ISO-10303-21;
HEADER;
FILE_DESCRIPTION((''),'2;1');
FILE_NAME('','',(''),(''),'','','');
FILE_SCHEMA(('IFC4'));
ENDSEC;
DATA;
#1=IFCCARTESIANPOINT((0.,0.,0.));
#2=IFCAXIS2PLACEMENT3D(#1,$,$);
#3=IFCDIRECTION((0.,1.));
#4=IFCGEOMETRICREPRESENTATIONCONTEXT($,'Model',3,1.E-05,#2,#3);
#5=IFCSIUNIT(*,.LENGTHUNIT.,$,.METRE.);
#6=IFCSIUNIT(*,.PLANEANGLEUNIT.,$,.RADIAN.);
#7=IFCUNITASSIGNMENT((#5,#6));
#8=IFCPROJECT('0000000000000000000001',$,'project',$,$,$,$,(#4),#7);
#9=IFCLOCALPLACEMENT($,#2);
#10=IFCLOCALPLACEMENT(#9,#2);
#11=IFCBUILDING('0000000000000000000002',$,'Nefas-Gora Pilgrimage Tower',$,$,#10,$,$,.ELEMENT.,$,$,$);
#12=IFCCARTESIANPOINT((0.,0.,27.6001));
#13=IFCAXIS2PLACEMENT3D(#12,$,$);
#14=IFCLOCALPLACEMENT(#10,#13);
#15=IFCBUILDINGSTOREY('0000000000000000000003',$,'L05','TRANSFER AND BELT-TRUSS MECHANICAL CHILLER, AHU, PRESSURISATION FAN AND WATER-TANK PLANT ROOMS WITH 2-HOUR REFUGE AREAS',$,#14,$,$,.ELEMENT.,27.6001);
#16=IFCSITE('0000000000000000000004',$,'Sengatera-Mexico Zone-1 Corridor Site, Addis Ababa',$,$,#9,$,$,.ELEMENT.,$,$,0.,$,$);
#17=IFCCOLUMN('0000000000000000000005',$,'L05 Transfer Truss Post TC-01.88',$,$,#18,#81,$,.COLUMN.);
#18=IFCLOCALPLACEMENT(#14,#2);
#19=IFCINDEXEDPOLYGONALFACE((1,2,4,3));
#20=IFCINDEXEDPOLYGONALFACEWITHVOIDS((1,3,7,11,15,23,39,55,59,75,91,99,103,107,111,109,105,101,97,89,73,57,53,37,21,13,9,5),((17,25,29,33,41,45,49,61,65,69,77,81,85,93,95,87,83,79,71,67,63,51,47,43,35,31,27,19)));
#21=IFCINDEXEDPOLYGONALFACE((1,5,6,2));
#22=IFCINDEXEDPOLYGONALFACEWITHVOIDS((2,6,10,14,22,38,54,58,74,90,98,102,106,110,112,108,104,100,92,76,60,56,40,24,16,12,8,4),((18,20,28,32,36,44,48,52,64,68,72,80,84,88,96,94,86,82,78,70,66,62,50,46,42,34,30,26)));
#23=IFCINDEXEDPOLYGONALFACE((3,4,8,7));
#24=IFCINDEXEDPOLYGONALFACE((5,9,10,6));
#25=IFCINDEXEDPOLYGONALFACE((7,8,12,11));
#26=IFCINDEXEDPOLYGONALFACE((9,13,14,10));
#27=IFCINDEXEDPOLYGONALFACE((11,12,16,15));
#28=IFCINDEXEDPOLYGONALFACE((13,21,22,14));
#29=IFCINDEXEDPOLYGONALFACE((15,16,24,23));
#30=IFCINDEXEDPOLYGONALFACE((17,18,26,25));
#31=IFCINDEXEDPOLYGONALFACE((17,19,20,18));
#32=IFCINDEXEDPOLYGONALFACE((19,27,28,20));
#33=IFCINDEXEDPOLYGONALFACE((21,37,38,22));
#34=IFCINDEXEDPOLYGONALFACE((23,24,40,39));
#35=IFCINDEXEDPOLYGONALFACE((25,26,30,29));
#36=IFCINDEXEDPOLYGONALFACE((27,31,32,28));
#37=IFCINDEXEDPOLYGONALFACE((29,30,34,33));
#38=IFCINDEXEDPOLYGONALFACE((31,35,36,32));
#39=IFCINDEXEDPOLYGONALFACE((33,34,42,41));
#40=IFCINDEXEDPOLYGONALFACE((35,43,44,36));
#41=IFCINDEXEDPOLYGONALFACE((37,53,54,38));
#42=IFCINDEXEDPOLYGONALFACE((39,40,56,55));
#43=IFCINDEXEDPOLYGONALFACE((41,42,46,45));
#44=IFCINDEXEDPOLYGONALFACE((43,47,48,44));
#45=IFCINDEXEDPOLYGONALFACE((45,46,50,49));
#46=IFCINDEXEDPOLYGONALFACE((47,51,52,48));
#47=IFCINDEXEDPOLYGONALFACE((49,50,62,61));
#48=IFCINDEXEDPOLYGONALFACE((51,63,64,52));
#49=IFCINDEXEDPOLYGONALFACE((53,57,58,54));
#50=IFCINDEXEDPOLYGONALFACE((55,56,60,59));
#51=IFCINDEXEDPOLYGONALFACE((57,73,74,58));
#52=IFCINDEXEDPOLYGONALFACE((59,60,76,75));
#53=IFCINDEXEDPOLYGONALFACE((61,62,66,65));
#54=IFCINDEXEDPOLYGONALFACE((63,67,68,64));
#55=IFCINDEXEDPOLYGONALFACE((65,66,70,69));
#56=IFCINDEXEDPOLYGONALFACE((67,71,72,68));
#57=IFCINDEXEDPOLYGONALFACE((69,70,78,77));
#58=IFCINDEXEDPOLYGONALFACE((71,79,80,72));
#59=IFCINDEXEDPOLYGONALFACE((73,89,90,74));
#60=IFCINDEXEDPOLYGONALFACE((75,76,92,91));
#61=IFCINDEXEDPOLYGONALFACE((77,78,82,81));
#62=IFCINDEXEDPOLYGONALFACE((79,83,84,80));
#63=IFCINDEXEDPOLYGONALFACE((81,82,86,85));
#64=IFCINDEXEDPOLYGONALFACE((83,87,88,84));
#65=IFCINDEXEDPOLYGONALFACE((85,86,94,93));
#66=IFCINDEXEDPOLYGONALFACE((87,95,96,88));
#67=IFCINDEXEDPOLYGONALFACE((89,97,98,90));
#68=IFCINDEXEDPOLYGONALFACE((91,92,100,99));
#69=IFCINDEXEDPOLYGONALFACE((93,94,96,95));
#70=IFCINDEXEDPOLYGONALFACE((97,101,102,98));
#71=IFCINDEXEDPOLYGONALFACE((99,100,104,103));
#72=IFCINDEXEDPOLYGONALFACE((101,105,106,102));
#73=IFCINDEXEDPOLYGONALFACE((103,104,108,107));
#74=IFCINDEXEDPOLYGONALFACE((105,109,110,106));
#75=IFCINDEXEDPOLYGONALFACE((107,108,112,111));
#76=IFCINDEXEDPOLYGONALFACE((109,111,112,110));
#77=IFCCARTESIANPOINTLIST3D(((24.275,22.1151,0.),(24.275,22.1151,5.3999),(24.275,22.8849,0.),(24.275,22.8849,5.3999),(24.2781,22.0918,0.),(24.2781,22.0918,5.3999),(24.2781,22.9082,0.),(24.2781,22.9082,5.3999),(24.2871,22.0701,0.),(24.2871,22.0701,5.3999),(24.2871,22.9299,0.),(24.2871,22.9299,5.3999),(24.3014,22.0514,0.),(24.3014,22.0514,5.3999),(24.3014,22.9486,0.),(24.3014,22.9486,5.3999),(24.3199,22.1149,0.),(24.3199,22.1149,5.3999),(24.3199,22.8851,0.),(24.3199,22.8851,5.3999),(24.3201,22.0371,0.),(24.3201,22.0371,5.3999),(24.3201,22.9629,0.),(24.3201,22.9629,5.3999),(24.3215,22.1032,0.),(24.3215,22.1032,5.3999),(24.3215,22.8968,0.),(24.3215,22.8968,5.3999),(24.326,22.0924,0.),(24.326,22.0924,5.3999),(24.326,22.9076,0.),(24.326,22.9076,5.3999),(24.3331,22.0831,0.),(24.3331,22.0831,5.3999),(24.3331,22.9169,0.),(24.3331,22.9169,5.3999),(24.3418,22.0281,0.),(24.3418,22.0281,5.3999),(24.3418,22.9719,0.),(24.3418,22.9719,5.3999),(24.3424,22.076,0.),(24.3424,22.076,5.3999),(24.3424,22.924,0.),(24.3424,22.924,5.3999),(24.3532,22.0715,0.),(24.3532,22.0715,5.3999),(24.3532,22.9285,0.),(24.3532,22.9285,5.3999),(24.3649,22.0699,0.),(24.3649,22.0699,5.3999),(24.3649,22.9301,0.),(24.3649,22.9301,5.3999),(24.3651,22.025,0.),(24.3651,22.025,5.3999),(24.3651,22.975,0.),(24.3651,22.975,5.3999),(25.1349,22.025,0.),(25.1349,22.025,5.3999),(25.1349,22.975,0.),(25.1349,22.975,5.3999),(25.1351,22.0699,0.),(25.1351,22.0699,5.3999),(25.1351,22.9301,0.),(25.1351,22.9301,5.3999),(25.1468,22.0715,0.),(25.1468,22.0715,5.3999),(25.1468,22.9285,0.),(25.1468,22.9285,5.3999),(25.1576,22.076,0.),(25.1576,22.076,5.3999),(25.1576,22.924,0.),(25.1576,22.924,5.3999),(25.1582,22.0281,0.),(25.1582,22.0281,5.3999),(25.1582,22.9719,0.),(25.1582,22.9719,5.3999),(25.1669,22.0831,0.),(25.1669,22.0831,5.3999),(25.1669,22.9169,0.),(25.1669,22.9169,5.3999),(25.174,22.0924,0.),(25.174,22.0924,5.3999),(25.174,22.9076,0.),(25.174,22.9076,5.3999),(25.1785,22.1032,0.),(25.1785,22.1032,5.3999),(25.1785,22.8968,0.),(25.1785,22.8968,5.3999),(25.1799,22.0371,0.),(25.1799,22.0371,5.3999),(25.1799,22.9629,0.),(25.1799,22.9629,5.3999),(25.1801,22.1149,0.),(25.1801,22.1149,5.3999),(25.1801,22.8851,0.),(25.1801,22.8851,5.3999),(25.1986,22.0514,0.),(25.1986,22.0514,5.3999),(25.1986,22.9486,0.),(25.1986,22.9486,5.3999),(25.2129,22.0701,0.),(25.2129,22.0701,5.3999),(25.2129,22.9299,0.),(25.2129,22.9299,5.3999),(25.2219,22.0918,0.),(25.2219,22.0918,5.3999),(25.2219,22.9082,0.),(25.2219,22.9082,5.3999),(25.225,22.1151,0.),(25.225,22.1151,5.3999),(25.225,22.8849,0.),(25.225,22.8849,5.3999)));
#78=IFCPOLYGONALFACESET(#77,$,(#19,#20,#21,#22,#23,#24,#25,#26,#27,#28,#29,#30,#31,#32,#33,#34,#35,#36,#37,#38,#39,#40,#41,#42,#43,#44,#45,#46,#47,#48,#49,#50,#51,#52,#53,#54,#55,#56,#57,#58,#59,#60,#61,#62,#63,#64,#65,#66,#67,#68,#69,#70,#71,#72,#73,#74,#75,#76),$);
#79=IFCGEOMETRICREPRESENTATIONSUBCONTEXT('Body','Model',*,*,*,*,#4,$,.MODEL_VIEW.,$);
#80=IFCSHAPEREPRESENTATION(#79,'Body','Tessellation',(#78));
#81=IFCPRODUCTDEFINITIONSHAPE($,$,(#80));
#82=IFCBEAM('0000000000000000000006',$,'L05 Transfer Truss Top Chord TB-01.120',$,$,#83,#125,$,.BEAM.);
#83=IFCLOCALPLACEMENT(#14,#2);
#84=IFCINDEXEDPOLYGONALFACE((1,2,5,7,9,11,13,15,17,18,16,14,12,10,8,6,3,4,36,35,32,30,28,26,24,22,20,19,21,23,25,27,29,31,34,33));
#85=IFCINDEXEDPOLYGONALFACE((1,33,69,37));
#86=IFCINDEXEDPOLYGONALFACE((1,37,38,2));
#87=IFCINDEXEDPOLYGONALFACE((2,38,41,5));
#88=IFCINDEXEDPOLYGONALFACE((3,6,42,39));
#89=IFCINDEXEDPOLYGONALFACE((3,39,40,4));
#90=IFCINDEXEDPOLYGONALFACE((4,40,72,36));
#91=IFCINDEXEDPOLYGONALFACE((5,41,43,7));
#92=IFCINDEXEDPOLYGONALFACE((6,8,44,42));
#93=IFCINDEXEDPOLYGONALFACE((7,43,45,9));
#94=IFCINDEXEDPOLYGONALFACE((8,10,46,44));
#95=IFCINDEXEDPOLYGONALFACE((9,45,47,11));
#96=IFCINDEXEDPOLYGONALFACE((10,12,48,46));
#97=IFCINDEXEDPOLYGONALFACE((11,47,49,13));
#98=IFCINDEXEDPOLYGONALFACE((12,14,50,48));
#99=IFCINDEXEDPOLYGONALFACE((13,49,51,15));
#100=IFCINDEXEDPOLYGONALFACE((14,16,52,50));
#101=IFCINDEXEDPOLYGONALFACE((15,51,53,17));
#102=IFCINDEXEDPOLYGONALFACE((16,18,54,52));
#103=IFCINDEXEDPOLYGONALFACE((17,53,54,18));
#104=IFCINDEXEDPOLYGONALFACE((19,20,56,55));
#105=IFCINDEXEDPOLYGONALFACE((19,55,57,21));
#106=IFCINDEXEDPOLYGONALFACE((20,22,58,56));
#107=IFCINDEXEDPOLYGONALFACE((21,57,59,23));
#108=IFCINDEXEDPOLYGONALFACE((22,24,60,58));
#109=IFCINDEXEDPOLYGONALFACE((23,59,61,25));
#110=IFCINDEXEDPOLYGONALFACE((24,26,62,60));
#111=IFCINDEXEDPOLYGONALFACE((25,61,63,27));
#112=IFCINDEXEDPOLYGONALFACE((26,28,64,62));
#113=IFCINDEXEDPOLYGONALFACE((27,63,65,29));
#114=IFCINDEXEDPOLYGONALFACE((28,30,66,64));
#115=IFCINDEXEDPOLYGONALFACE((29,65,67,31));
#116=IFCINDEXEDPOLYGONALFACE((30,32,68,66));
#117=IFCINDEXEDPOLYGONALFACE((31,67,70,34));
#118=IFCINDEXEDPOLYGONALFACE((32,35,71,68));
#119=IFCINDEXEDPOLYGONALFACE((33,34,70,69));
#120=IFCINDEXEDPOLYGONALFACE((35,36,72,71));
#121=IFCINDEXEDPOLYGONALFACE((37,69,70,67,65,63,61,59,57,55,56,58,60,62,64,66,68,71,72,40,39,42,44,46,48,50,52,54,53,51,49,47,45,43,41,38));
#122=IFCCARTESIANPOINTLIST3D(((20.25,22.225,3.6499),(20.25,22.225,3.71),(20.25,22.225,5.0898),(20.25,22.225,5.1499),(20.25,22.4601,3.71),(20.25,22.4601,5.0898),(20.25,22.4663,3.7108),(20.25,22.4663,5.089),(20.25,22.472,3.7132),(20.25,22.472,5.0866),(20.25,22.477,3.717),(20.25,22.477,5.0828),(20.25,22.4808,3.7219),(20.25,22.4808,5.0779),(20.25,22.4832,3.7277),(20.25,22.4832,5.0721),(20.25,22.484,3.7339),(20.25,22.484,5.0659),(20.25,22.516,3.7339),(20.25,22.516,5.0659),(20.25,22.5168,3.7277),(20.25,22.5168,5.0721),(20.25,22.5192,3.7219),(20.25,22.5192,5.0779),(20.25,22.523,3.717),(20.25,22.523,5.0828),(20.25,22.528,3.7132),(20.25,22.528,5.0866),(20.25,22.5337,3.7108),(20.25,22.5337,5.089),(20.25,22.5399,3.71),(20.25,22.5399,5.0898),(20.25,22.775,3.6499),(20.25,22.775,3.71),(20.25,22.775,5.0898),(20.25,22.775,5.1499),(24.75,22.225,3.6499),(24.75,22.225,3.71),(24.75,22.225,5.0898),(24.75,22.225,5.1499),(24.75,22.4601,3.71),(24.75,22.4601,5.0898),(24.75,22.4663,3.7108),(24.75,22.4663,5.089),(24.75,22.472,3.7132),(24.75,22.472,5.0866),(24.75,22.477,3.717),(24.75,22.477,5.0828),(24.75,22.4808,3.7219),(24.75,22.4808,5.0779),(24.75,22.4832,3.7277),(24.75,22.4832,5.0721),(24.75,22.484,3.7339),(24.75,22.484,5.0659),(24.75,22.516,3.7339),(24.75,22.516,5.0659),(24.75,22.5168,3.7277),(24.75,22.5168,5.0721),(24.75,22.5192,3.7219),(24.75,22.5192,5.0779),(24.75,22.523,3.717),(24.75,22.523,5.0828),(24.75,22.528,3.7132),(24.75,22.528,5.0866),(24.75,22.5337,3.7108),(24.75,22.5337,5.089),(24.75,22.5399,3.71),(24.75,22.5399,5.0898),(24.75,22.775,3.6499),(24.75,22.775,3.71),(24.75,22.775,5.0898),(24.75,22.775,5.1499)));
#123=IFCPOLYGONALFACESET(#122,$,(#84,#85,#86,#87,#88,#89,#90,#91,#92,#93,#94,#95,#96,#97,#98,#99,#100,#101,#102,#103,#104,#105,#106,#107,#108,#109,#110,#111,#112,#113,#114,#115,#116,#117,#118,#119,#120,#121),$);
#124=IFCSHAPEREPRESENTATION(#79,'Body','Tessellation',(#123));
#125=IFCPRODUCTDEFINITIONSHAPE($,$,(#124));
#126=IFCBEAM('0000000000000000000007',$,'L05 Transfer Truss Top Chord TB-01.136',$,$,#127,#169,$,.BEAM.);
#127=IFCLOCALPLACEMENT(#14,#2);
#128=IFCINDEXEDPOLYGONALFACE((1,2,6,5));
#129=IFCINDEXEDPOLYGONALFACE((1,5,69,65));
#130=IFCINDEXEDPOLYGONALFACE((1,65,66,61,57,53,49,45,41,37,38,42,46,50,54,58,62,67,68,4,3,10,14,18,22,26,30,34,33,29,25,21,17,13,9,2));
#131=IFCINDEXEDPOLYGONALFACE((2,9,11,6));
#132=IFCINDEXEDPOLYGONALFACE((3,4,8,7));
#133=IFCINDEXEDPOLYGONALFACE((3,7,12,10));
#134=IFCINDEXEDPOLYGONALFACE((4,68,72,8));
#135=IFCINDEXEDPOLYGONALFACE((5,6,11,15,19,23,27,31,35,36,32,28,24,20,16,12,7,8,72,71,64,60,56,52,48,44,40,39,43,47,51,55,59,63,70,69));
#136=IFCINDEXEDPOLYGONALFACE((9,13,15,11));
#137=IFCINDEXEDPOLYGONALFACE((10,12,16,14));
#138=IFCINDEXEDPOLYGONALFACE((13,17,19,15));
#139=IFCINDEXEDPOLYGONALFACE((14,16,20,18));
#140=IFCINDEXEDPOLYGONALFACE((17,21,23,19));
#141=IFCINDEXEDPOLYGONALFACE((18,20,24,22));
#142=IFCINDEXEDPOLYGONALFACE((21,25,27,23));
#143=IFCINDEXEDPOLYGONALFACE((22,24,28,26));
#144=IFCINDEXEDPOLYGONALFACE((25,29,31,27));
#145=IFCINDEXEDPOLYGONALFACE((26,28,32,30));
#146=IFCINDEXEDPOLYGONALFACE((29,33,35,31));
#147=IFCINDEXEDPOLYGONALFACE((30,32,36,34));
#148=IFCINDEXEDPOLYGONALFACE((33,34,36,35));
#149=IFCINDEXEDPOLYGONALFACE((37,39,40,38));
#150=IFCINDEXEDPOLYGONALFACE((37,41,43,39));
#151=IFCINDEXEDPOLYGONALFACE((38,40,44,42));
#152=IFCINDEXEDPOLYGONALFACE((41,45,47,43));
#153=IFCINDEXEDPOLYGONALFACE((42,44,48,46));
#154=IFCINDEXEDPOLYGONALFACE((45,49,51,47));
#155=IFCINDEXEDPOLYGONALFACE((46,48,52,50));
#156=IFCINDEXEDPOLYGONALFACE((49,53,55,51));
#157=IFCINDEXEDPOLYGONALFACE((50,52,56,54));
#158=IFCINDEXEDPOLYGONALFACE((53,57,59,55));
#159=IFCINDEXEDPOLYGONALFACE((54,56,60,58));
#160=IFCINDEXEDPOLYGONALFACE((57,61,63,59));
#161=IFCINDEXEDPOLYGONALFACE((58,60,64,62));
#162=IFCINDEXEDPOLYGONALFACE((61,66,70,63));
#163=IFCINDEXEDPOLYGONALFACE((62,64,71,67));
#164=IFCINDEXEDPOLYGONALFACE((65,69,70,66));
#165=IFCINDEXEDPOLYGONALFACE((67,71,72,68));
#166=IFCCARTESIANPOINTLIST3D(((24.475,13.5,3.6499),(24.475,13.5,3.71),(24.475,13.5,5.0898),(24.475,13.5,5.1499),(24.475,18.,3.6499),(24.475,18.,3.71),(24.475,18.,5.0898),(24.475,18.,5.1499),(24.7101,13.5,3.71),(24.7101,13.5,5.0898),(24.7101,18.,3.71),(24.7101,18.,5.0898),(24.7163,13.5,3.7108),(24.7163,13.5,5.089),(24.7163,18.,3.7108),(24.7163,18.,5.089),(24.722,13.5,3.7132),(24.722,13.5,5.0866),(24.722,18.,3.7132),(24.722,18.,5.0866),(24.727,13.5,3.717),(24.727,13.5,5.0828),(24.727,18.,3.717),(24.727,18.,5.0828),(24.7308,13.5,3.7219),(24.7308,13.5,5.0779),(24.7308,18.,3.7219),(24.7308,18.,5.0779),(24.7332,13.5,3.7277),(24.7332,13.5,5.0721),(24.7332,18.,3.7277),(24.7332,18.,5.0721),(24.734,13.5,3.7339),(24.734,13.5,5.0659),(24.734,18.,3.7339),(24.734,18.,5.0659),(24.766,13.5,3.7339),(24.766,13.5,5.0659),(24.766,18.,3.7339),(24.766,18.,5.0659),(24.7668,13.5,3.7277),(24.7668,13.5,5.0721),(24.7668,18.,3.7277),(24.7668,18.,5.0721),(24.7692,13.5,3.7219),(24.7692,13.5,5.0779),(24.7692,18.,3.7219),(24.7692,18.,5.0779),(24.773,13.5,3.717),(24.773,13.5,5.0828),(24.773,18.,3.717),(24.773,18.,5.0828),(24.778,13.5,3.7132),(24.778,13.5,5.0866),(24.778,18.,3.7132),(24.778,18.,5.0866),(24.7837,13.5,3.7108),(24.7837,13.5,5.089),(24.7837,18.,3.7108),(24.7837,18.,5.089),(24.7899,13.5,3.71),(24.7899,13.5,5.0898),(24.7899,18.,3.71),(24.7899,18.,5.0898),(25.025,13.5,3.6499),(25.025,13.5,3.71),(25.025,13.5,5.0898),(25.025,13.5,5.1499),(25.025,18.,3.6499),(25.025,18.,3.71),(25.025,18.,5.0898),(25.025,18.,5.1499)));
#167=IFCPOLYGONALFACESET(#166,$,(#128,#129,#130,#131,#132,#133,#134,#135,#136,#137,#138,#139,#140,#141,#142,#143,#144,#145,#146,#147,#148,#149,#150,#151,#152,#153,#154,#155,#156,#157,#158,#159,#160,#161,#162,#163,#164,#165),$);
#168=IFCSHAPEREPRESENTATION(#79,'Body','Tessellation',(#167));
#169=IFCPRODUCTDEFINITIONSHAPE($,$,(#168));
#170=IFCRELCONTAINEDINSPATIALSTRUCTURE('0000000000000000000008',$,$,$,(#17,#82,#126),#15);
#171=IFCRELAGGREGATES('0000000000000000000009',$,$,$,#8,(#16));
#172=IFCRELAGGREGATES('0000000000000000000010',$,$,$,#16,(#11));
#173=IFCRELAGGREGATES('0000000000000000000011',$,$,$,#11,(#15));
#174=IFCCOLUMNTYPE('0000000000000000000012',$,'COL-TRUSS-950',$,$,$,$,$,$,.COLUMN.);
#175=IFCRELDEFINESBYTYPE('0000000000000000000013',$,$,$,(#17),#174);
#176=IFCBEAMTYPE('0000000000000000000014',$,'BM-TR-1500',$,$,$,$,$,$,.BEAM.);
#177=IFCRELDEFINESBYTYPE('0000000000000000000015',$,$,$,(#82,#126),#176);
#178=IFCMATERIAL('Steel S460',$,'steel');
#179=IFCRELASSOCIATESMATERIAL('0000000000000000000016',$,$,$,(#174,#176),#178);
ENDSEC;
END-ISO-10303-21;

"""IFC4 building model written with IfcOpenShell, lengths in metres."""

from ifc_helpers import new_model, si_unit, direction, frame, origin, origin_2d, place, context, subcontext, project, spatial, hollow_rectangle, i_section, extrude, source, transform, mapped, material, material_profile, profile_set, type_object, element, save


model = new_model("IFC4")

# Units and contexts
model_context = context("Model", 3, precision=1e-05, world=origin(), true_north=direction((0.0, 1.0)))
body_context = subcontext(model_context, "Body", "Model", "MODEL_VIEW")
ifc_project = project(units=[si_unit("LENGTHUNIT", "METRE"), si_unit("PLANEANGLEUNIT", "RADIAN")], contexts=[model_context])

# Site, building, storey
site_placement = place(None, origin())
site = spatial("IfcSite", under=ifc_project, at=site_placement, Name="Sengatera-Mexico Zone-1 Corridor Site, Addis Ababa", CompositionType="ELEMENT", RefElevation=0.0)
building_placement = place(site_placement, origin())
building = spatial("IfcBuilding", under=site, at=building_placement, Name="Nefas-Gora Pilgrimage Tower", CompositionType="ELEMENT")
storey_placement = place(building_placement, frame((0.0, 0.0, 27.6001)))
storey = spatial("IfcBuildingStorey", under=building, at=storey_placement, Name="L05", Description="TRANSFER AND BELT-TRUSS MECHANICAL CHILLER, AHU, PRESSURISATION FAN AND WATER-TANK PLANT ROOMS WITH 2-HOUR REFUGE AREAS", CompositionType="ELEMENT", Elevation=27.6001)

# Column
ifc_material = material(Name="Steel S460", Category="steel")
ifc_material_profile_1 = material_profile(ifc_material, hollow_rectangle(XDim=0.95, YDim=0.95, WallThickness=0.0449, InnerFilletRadius=0.0449, OuterFilletRadius=0.0901, at=origin_2d()), Name="BOX 950x950x45")
ifc_profile_set_1 = profile_set([ifc_material_profile_1], Name="Steel S460")
column_type = type_object("IfcColumnType", Name="COL-TRUSS-950", PredefinedType="COLUMN", material=ifc_profile_set_1)
shared_shape_1 = source(origin(), body_context, "Body", "SweptSolid", [
    extrude(hollow_rectangle(XDim=0.95, YDim=0.95, WallThickness=0.0449, InnerFilletRadius=0.0449, OuterFilletRadius=0.0901, at=origin_2d()), origin(), (0.0, 0.0, 1.0), 5.3999),
])
for number, where, z_axis, x_axis, name in (
    (1, (24.75, 22.5, 0.0), (0.0, 0.0, 1.0), (1.0, 0.0, 0.0), "L05 Transfer Truss Post TC-01.88"),
):
    element("IfcColumn", number, at=place(storey_placement, frame(where, z_axis=z_axis, x_axis=x_axis)), inside=storey, type_object=column_type, Name=name, PredefinedType="COLUMN", context=body_context, shape_type="MappedRepresentation", body=[
        mapped(shared_shape_1, transform((0.0, 0.0, 0.0), x_axis=(1.0, 0.0, 0.0), y_axis=(0.0, 1.0, 0.0), z_axis=(0.0, 0.0, 1.0), scale=1.0)),
    ])

# Beams
ifc_material_profile_2 = material_profile(ifc_material, i_section(OverallWidth=0.55, OverallDepth=1.5, WebThickness=0.032, FlangeThickness=0.0601, FilletRadius=0.0239, at=origin_2d()), Name="WPG 1500x550x32x60")
ifc_profile_set_2 = profile_set([ifc_material_profile_2], Name="Steel S460")
beam_type_1 = type_object("IfcBeamType", Name="BM-TR-1500", PredefinedType="BEAM", material=ifc_profile_set_2)
shared_shape_2 = source(origin(), body_context, "Body", "SweptSolid", [
    extrude(i_section(OverallWidth=0.55, OverallDepth=1.5, WebThickness=0.032, FlangeThickness=0.0601, FilletRadius=0.0239, at=origin_2d()), origin(), (0.0, 0.0, 1.0), 4.5),
])
for number, where, z_axis, x_axis, name in (
    (2, (20.25, 22.5, 4.3999), (1.0, 0.0, 0.0), (0.0, 1.0, 0.0), "L05 Transfer Truss Top Chord TB-01.120"),
    (3, (24.75, 13.5, 4.3999), (0.0, 1.0, 0.0), (-1.0, 0.0, 0.0), "L05 Transfer Truss Top Chord TB-01.136"),
):
    element("IfcBeam", number, at=place(storey_placement, frame(where, z_axis=z_axis, x_axis=x_axis)), inside=storey, type_object=beam_type_1, Name=name, PredefinedType="BEAM", context=body_context, shape_type="MappedRepresentation", body=[
        mapped(shared_shape_2, transform((0.0, 0.0, 0.0), x_axis=(1.0, 0.0, 0.0), y_axis=(0.0, 1.0, 0.0), z_axis=(0.0, 0.0, 1.0), scale=1.0)),
    ])

save(model, "model.ifc")
